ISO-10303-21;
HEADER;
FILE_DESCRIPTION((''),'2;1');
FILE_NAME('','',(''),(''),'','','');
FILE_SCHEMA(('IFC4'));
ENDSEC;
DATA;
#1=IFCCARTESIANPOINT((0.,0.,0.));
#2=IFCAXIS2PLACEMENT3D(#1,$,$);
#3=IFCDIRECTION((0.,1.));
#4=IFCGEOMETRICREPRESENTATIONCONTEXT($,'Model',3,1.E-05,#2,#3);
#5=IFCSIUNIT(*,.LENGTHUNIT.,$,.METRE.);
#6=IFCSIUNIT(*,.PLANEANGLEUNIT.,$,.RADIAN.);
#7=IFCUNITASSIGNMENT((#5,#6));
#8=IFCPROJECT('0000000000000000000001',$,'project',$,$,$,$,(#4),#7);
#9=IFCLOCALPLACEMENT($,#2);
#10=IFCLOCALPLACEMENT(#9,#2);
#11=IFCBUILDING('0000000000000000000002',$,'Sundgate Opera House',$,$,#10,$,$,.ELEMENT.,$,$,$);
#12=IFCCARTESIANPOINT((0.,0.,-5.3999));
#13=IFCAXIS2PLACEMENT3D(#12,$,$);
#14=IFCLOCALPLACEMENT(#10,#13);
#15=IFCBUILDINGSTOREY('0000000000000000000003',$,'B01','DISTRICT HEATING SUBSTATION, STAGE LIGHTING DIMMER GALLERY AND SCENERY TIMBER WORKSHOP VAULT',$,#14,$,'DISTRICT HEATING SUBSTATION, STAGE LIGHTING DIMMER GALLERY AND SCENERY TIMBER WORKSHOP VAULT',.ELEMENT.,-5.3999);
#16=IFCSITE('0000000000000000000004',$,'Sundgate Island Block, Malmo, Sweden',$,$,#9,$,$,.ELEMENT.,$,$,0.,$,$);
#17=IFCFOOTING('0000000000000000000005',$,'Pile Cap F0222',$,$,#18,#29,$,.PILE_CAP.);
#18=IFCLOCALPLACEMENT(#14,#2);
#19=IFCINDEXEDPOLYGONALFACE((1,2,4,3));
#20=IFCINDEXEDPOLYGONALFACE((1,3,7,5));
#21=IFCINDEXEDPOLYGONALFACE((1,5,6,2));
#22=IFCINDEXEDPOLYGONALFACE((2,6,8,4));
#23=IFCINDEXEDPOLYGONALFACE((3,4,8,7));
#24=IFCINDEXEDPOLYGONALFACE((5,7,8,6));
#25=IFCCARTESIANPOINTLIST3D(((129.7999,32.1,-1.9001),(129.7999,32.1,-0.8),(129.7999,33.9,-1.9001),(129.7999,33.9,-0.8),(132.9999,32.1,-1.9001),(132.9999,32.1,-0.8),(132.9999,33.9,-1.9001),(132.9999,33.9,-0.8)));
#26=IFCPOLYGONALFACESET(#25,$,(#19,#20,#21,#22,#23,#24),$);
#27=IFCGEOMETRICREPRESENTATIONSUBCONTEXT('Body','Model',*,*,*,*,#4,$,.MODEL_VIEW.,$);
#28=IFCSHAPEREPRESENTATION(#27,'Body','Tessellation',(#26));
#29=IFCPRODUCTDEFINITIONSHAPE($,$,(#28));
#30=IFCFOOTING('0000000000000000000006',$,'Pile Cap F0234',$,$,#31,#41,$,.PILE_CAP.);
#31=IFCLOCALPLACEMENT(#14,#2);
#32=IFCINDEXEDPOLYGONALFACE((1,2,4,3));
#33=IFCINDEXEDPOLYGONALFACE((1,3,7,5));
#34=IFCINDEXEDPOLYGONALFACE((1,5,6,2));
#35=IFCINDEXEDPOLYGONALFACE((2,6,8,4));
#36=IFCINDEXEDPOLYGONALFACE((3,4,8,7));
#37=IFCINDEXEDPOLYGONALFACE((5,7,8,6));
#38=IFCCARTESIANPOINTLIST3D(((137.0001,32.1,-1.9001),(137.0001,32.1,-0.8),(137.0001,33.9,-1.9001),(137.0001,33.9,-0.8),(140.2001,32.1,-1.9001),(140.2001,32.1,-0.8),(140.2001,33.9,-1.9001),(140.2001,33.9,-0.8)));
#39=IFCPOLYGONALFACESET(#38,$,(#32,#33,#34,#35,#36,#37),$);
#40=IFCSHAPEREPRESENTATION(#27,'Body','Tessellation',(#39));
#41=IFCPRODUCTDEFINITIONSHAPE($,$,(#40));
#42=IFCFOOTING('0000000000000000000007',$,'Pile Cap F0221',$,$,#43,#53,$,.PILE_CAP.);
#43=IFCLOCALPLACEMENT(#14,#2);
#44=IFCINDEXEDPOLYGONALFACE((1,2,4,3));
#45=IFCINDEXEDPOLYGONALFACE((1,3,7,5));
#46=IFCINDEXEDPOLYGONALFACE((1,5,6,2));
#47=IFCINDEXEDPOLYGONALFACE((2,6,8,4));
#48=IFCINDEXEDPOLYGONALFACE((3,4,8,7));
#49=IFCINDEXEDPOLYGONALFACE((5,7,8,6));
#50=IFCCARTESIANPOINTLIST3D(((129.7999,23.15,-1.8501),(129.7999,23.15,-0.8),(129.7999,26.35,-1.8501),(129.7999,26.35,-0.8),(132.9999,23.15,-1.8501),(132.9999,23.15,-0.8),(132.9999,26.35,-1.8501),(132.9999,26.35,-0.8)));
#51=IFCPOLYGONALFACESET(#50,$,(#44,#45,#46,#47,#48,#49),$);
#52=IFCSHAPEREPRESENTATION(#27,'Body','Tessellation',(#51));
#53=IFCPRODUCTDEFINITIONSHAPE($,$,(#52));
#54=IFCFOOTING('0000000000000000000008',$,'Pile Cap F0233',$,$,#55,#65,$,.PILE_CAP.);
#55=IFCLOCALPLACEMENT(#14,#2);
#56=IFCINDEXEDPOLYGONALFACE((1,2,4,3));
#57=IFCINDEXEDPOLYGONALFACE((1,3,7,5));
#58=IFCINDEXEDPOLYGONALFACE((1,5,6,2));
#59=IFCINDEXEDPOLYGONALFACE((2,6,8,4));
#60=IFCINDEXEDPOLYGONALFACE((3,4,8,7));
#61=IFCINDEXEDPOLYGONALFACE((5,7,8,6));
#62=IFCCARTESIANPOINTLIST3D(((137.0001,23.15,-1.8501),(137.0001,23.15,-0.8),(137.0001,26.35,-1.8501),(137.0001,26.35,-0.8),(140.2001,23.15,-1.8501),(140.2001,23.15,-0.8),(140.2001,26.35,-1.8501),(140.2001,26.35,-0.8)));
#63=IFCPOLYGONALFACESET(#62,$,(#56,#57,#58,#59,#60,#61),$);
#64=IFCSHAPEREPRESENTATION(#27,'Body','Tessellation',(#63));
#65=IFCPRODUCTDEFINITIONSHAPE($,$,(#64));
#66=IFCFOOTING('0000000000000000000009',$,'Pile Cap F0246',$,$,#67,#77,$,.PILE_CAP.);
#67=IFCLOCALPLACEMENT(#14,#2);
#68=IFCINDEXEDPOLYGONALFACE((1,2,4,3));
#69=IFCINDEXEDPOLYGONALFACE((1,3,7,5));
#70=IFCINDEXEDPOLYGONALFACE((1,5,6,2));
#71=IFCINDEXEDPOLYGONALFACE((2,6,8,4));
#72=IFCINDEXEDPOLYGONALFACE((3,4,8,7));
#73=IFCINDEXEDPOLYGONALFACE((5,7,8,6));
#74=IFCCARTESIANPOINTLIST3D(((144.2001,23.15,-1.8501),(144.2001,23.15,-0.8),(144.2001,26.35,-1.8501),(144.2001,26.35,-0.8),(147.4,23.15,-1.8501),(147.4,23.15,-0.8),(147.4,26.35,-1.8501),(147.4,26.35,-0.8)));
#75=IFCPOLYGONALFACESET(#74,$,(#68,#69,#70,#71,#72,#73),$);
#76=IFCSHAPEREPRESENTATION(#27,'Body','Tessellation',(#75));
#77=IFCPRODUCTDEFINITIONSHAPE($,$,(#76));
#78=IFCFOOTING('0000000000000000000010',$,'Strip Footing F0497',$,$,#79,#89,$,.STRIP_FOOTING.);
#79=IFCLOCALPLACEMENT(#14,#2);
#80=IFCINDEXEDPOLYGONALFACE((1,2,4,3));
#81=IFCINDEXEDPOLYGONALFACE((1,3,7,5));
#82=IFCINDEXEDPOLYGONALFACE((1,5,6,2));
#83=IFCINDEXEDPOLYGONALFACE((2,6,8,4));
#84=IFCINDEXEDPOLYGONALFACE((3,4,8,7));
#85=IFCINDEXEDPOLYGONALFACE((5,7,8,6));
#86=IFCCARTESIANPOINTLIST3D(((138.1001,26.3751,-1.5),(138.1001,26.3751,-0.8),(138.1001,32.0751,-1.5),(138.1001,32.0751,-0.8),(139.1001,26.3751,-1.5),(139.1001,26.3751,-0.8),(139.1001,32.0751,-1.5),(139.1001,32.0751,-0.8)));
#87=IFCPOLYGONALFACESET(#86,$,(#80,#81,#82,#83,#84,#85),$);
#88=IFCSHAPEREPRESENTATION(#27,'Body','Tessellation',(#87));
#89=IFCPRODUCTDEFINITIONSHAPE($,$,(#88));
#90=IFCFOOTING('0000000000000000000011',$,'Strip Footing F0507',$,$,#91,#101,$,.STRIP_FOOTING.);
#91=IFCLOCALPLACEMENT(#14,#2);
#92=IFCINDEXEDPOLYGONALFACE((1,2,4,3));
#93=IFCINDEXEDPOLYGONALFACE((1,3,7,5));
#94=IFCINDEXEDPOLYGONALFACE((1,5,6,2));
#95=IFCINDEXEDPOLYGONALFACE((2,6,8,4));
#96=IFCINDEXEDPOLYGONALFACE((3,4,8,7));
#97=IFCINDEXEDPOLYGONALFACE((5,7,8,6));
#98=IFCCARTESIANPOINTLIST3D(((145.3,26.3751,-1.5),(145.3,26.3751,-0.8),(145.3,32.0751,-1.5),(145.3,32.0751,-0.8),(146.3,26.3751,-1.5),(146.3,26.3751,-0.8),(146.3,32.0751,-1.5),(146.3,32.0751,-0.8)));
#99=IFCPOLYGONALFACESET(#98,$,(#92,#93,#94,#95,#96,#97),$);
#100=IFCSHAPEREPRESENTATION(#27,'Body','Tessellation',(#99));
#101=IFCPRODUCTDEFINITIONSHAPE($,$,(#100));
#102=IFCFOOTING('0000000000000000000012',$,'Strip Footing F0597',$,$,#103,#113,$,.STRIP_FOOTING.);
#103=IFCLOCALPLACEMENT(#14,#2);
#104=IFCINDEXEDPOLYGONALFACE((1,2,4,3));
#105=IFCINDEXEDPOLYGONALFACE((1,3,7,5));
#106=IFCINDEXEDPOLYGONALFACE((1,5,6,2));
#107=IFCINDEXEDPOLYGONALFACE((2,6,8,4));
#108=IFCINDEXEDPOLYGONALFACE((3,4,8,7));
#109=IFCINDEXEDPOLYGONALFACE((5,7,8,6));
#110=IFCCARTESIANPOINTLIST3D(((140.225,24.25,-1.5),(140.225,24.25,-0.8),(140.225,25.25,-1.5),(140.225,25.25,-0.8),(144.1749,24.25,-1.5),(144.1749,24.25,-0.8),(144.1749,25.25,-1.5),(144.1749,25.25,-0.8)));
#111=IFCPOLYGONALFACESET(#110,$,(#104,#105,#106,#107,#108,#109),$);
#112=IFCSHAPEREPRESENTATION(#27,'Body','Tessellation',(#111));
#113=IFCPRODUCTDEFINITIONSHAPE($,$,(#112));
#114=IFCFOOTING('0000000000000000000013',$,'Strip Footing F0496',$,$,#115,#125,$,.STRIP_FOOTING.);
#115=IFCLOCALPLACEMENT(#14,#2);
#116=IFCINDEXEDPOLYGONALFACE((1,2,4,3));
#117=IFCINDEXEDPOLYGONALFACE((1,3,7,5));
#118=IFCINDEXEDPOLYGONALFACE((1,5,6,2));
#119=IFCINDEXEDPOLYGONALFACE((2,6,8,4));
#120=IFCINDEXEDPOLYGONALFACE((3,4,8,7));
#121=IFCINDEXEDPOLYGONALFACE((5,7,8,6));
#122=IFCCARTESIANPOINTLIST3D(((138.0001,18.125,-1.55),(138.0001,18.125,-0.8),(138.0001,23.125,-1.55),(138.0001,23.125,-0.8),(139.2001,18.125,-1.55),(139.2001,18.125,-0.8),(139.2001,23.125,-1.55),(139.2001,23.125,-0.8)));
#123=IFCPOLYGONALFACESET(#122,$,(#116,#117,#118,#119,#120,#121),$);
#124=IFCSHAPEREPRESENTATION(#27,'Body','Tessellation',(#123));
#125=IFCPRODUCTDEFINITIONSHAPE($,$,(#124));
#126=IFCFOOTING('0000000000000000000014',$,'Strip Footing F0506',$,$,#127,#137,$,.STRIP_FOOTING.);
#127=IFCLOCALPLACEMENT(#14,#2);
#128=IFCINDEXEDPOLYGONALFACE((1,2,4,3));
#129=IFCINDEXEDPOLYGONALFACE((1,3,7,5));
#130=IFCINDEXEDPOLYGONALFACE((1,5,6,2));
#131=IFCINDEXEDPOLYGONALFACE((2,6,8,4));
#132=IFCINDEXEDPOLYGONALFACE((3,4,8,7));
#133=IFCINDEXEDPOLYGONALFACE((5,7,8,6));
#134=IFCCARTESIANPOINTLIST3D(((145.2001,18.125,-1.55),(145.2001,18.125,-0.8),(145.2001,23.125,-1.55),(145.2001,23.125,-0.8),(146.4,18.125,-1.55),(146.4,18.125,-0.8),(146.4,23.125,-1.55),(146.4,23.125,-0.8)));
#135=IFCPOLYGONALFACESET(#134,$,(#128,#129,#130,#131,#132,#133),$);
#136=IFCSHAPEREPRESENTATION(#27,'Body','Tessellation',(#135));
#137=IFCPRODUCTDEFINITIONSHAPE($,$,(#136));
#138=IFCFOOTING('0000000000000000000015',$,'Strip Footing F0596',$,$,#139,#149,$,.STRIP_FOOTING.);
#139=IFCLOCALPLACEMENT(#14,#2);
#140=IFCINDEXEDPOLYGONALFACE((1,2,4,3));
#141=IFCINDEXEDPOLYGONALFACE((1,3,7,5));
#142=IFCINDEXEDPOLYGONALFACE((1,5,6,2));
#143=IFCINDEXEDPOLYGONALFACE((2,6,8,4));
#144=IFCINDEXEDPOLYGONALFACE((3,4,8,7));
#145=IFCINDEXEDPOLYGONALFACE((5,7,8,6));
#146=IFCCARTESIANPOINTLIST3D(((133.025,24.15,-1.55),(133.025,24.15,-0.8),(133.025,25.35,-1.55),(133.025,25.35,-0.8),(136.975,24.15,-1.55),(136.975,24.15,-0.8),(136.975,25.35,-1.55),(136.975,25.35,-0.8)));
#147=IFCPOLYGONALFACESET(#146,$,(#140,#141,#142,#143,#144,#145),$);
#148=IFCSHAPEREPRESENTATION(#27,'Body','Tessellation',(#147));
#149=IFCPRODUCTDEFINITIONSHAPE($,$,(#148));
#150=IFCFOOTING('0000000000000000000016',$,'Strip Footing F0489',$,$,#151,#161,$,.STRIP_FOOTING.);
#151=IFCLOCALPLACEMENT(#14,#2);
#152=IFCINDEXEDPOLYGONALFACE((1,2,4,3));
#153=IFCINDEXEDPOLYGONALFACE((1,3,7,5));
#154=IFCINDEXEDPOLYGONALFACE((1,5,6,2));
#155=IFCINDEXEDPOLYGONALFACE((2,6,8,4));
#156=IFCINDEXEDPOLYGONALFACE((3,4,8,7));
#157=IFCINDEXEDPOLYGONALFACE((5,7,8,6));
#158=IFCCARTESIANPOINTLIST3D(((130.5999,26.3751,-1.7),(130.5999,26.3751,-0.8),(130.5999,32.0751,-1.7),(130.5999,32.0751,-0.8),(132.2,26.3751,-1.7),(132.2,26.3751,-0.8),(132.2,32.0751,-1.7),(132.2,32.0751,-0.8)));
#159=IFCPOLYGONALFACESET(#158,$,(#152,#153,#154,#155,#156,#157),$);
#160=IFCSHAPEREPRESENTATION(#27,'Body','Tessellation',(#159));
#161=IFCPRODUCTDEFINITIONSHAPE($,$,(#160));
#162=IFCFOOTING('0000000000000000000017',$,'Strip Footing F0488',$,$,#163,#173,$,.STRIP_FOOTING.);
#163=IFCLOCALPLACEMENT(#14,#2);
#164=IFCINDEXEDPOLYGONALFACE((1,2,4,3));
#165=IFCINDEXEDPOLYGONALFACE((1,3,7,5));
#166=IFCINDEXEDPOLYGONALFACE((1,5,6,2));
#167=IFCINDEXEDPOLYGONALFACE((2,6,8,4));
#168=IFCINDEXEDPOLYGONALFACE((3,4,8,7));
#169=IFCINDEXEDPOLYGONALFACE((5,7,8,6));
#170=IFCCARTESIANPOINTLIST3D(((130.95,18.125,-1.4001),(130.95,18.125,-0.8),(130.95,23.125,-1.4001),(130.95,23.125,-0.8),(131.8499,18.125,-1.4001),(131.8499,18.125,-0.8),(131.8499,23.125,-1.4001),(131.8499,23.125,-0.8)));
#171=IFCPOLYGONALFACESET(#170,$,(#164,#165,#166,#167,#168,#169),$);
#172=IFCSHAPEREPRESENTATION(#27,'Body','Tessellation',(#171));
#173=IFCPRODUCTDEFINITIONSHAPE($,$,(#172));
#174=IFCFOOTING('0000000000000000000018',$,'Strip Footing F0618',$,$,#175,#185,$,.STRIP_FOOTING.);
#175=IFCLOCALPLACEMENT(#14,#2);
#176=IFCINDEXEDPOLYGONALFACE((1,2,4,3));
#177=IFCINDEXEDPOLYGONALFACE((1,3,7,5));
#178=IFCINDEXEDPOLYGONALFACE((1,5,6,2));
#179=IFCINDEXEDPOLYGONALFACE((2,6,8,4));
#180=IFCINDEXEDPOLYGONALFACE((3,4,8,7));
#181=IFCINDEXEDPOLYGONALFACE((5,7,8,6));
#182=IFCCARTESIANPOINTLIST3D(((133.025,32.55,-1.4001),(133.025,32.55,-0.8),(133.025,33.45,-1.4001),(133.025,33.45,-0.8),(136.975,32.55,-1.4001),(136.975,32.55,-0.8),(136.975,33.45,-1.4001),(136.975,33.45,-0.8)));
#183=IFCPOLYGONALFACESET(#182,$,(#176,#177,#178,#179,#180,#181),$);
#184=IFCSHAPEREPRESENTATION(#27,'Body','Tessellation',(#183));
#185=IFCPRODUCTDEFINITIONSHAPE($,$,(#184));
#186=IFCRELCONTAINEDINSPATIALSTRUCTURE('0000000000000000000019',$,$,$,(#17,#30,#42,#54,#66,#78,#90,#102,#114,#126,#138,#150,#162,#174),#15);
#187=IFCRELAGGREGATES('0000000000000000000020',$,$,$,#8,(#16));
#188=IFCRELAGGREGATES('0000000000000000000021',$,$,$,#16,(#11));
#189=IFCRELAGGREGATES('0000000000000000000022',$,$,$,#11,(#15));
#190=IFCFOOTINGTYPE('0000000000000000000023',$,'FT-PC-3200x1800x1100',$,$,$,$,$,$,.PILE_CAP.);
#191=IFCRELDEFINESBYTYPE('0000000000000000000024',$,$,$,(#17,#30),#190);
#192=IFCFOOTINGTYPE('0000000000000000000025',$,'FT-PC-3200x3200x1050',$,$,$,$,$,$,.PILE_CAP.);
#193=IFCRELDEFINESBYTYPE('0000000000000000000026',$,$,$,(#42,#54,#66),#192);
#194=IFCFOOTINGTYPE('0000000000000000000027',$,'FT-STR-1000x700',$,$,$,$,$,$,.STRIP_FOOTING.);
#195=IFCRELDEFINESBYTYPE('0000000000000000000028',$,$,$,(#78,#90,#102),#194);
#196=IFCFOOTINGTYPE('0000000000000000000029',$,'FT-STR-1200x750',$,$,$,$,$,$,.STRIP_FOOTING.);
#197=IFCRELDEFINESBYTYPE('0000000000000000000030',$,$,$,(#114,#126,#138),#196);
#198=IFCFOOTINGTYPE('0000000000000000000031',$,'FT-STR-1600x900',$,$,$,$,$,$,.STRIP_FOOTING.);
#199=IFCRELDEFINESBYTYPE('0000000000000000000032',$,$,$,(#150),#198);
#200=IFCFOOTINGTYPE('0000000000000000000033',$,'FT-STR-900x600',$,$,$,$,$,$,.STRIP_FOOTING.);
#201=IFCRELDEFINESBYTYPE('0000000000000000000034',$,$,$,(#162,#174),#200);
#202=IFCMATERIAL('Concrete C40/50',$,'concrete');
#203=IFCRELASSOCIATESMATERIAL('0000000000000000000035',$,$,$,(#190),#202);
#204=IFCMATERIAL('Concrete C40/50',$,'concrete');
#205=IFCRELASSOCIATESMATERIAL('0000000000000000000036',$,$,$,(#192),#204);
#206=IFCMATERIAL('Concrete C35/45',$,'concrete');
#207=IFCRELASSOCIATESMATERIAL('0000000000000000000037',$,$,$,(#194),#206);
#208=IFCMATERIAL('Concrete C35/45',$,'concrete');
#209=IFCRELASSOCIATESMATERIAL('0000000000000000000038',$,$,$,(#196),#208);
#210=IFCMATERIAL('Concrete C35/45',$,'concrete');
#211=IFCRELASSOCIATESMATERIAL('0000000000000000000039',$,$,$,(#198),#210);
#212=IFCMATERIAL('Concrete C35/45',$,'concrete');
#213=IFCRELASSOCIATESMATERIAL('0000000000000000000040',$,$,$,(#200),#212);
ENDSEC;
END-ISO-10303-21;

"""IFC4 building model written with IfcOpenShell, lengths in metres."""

from ifc_helpers import new_model, si_unit, direction, frame, origin, origin_2d, place, context, subcontext, project, spatial, rectangle, extrude, material, type_object, element, save


model = new_model("IFC4")

# Units and contexts
model_context = context("Model", 3, precision=1e-05, world=origin(), true_north=direction((0.0, 1.0)))
body_context = subcontext(model_context, "Body", "Model", "MODEL_VIEW")
ifc_project = project(units=[si_unit("LENGTHUNIT", "METRE"), si_unit("PLANEANGLEUNIT", "RADIAN")], contexts=[model_context])

# Site, building, storey
site_placement = place(None, origin())
site = spatial("IfcSite", under=ifc_project, at=site_placement, Name="Sundgate Island Block, Malmo, Sweden", CompositionType="ELEMENT", RefElevation=0.0)
building_placement = place(site_placement, origin())
building = spatial("IfcBuilding", under=site, at=building_placement, Name="Sundgate Opera House", CompositionType="ELEMENT")
storey_placement = place(building_placement, frame((0.0, 0.0, -5.3999)))
storey = spatial("IfcBuildingStorey", under=building, at=storey_placement, Name="B01", Description="DISTRICT HEATING SUBSTATION, STAGE LIGHTING DIMMER GALLERY AND SCENERY TIMBER WORKSHOP VAULT", LongName="DISTRICT HEATING SUBSTATION, STAGE LIGHTING DIMMER GALLERY AND SCENERY TIMBER WORKSHOP VAULT", CompositionType="ELEMENT", Elevation=-5.3999)

# Footings
ifc_material_1 = material(Name="Concrete C40/50", Category="concrete")
footing_type_1 = type_object("IfcFootingType", Name="FT-PC-3200x1800x1100", PredefinedType="PILE_CAP", material=ifc_material_1)
for number, where, z_axis, x_axis, name in (
    (1, (131.3999, 33.0, -1.9001), (0.0, 0.0, 1.0), (1.0, 0.0, 0.0), "Pile Cap F0222"),
    (2, (138.6001, 33.0, -1.9001), (0.0, 0.0, 1.0), (1.0, 0.0, 0.0), "Pile Cap F0234"),
):
    element("IfcFooting", number, at=place(storey_placement, frame(where, z_axis=z_axis, x_axis=x_axis)), inside=storey, type_object=footing_type_1, Name=name, PredefinedType="PILE_CAP", context=body_context, shape_type="SweptSolid", body=[
        extrude(rectangle(XDim=3.2, YDim=1.8, at=origin_2d()), origin(), (0.0, 0.0, 1.0), 1.1001),
    ])
ifc_material_2 = material(Name="Concrete C40/50", Category="concrete")
footing_type_2 = type_object("IfcFootingType", Name="FT-PC-3200x3200x1050", PredefinedType="PILE_CAP", material=ifc_material_2)
for number, where, z_axis, x_axis, name in (
    (3, (131.3999, 24.75, -1.8501), (0.0, 0.0, 1.0), (1.0, 0.0, 0.0), "Pile Cap F0221"),
    (4, (138.6001, 24.75, -1.8501), (0.0, 0.0, 1.0), (1.0, 0.0, 0.0), "Pile Cap F0233"),
    (5, (145.8, 24.75, -1.8501), (0.0, 0.0, 1.0), (1.0, 0.0, 0.0), "Pile Cap F0246"),
):
    element("IfcFooting", number, at=place(storey_placement, frame(where, z_axis=z_axis, x_axis=x_axis)), inside=storey, type_object=footing_type_2, Name=name, PredefinedType="PILE_CAP", context=body_context, shape_type="SweptSolid", body=[
        extrude(rectangle(XDim=3.2, YDim=3.2, at=origin_2d()), origin(), (0.0, 0.0, 1.0), 1.05),
    ])
ifc_material_3 = material(Name="Concrete C35/45", Category="concrete")
footing_type_3 = type_object("IfcFootingType", Name="FT-STR-1000x700", PredefinedType="STRIP_FOOTING", material=ifc_material_3)
for number, where, z_axis, x_axis, name in (
    (6, (138.6001, 29.2251, -1.5), (0.0, 0.0, 1.0), (1.0, 0.0, 0.0), "Strip Footing F0497"),
    (7, (145.8, 29.2251, -1.5), (0.0, 0.0, 1.0), (1.0, 0.0, 0.0), "Strip Footing F0507"),
):
    element("IfcFooting", number, at=place(storey_placement, frame(where, z_axis=z_axis, x_axis=x_axis)), inside=storey, type_object=footing_type_3, Name=name, PredefinedType="STRIP_FOOTING", context=body_context, shape_type="SweptSolid", body=[
        extrude(rectangle(XDim=1.0, YDim=5.7, at=origin_2d()), origin(), (0.0, 0.0, 1.0), 0.7),
    ])
footing_1_placement = place(storey_placement, frame((142.2, 24.75, -1.5), z_axis=(0.0, 0.0, 1.0), x_axis=(1.0, 0.0, 0.0)))
element("IfcFooting", 8, at=footing_1_placement, inside=storey, type_object=footing_type_3, Name="Strip Footing F0597", PredefinedType="STRIP_FOOTING", context=body_context, shape_type="SweptSolid", body=[
    extrude(rectangle(XDim=3.95, YDim=1.0, at=origin_2d()), origin(), (0.0, 0.0, 1.0), 0.7),
])
ifc_material_4 = material(Name="Concrete C35/45", Category="concrete")
footing_type_4 = type_object("IfcFootingType", Name="FT-STR-1200x750", PredefinedType="STRIP_FOOTING", material=ifc_material_4)
for number, where, z_axis, x_axis, name in (
    (9, (138.6001, 20.625, -1.55), (0.0, 0.0, 1.0), (1.0, 0.0, 0.0), "Strip Footing F0496"),
    (10, (145.8, 20.625, -1.55), (0.0, 0.0, 1.0), (1.0, 0.0, 0.0), "Strip Footing F0506"),
):
    element("IfcFooting", number, at=place(storey_placement, frame(where, z_axis=z_axis, x_axis=x_axis)), inside=storey, type_object=footing_type_4, Name=name, PredefinedType="STRIP_FOOTING", context=body_context, shape_type="SweptSolid", body=[
        extrude(rectangle(XDim=1.2, YDim=5.0, at=origin_2d()), origin(), (0.0, 0.0, 1.0), 0.75),
    ])
footing_2_placement = place(storey_placement, frame((135.0, 24.75, -1.55), z_axis=(0.0, 0.0, 1.0), x_axis=(1.0, 0.0, 0.0)))
element("IfcFooting", 11, at=footing_2_placement, inside=storey, type_object=footing_type_4, Name="Strip Footing F0596", PredefinedType="STRIP_FOOTING", context=body_context, shape_type="SweptSolid", body=[
    extrude(rectangle(XDim=3.95, YDim=1.2, at=origin_2d()), origin(), (0.0, 0.0, 1.0), 0.75),
])
ifc_material_5 = material(Name="Concrete C35/45", Category="concrete")
footing_type_5 = type_object("IfcFootingType", Name="FT-STR-1600x900", PredefinedType="STRIP_FOOTING", material=ifc_material_5)
footing_3_placement = place(storey_placement, frame((131.3999, 29.2251, -1.7), z_axis=(0.0, 0.0, 1.0), x_axis=(1.0, 0.0, 0.0)))
element("IfcFooting", 12, at=footing_3_placement, inside=storey, type_object=footing_type_5, Name="Strip Footing F0489", PredefinedType="STRIP_FOOTING", context=body_context, shape_type="SweptSolid", body=[
    extrude(rectangle(XDim=1.6001, YDim=5.7, at=origin_2d()), origin(), (0.0, 0.0, 1.0), 0.8999),
])
ifc_material_6 = material(Name="Concrete C35/45", Category="concrete")
footing_type_6 = type_object("IfcFootingType", Name="FT-STR-900x600", PredefinedType="STRIP_FOOTING", material=ifc_material_6)
footing_4_placement = place(storey_placement, frame((131.3999, 20.625, -1.4001), z_axis=(0.0, 0.0, 1.0), x_axis=(1.0, 0.0, 0.0)))
element("IfcFooting", 13, at=footing_4_placement, inside=storey, type_object=footing_type_6, Name="Strip Footing F0488", PredefinedType="STRIP_FOOTING", context=body_context, shape_type="SweptSolid", body=[
    extrude(rectangle(XDim=0.8999, YDim=5.0, at=origin_2d()), origin(), (0.0, 0.0, 1.0), 0.6001),
])
footing_5_placement = place(storey_placement, frame((135.0, 33.0, -1.4001), z_axis=(0.0, 0.0, 1.0), x_axis=(1.0, 0.0, 0.0)))
element("IfcFooting", 14, at=footing_5_placement, inside=storey, type_object=footing_type_6, Name="Strip Footing F0618", PredefinedType="STRIP_FOOTING", context=body_context, shape_type="SweptSolid", body=[
    extrude(rectangle(XDim=3.95, YDim=0.8999, at=origin_2d()), origin(), (0.0, 0.0, 1.0), 0.6001),
])

save(model, "model.ifc")
